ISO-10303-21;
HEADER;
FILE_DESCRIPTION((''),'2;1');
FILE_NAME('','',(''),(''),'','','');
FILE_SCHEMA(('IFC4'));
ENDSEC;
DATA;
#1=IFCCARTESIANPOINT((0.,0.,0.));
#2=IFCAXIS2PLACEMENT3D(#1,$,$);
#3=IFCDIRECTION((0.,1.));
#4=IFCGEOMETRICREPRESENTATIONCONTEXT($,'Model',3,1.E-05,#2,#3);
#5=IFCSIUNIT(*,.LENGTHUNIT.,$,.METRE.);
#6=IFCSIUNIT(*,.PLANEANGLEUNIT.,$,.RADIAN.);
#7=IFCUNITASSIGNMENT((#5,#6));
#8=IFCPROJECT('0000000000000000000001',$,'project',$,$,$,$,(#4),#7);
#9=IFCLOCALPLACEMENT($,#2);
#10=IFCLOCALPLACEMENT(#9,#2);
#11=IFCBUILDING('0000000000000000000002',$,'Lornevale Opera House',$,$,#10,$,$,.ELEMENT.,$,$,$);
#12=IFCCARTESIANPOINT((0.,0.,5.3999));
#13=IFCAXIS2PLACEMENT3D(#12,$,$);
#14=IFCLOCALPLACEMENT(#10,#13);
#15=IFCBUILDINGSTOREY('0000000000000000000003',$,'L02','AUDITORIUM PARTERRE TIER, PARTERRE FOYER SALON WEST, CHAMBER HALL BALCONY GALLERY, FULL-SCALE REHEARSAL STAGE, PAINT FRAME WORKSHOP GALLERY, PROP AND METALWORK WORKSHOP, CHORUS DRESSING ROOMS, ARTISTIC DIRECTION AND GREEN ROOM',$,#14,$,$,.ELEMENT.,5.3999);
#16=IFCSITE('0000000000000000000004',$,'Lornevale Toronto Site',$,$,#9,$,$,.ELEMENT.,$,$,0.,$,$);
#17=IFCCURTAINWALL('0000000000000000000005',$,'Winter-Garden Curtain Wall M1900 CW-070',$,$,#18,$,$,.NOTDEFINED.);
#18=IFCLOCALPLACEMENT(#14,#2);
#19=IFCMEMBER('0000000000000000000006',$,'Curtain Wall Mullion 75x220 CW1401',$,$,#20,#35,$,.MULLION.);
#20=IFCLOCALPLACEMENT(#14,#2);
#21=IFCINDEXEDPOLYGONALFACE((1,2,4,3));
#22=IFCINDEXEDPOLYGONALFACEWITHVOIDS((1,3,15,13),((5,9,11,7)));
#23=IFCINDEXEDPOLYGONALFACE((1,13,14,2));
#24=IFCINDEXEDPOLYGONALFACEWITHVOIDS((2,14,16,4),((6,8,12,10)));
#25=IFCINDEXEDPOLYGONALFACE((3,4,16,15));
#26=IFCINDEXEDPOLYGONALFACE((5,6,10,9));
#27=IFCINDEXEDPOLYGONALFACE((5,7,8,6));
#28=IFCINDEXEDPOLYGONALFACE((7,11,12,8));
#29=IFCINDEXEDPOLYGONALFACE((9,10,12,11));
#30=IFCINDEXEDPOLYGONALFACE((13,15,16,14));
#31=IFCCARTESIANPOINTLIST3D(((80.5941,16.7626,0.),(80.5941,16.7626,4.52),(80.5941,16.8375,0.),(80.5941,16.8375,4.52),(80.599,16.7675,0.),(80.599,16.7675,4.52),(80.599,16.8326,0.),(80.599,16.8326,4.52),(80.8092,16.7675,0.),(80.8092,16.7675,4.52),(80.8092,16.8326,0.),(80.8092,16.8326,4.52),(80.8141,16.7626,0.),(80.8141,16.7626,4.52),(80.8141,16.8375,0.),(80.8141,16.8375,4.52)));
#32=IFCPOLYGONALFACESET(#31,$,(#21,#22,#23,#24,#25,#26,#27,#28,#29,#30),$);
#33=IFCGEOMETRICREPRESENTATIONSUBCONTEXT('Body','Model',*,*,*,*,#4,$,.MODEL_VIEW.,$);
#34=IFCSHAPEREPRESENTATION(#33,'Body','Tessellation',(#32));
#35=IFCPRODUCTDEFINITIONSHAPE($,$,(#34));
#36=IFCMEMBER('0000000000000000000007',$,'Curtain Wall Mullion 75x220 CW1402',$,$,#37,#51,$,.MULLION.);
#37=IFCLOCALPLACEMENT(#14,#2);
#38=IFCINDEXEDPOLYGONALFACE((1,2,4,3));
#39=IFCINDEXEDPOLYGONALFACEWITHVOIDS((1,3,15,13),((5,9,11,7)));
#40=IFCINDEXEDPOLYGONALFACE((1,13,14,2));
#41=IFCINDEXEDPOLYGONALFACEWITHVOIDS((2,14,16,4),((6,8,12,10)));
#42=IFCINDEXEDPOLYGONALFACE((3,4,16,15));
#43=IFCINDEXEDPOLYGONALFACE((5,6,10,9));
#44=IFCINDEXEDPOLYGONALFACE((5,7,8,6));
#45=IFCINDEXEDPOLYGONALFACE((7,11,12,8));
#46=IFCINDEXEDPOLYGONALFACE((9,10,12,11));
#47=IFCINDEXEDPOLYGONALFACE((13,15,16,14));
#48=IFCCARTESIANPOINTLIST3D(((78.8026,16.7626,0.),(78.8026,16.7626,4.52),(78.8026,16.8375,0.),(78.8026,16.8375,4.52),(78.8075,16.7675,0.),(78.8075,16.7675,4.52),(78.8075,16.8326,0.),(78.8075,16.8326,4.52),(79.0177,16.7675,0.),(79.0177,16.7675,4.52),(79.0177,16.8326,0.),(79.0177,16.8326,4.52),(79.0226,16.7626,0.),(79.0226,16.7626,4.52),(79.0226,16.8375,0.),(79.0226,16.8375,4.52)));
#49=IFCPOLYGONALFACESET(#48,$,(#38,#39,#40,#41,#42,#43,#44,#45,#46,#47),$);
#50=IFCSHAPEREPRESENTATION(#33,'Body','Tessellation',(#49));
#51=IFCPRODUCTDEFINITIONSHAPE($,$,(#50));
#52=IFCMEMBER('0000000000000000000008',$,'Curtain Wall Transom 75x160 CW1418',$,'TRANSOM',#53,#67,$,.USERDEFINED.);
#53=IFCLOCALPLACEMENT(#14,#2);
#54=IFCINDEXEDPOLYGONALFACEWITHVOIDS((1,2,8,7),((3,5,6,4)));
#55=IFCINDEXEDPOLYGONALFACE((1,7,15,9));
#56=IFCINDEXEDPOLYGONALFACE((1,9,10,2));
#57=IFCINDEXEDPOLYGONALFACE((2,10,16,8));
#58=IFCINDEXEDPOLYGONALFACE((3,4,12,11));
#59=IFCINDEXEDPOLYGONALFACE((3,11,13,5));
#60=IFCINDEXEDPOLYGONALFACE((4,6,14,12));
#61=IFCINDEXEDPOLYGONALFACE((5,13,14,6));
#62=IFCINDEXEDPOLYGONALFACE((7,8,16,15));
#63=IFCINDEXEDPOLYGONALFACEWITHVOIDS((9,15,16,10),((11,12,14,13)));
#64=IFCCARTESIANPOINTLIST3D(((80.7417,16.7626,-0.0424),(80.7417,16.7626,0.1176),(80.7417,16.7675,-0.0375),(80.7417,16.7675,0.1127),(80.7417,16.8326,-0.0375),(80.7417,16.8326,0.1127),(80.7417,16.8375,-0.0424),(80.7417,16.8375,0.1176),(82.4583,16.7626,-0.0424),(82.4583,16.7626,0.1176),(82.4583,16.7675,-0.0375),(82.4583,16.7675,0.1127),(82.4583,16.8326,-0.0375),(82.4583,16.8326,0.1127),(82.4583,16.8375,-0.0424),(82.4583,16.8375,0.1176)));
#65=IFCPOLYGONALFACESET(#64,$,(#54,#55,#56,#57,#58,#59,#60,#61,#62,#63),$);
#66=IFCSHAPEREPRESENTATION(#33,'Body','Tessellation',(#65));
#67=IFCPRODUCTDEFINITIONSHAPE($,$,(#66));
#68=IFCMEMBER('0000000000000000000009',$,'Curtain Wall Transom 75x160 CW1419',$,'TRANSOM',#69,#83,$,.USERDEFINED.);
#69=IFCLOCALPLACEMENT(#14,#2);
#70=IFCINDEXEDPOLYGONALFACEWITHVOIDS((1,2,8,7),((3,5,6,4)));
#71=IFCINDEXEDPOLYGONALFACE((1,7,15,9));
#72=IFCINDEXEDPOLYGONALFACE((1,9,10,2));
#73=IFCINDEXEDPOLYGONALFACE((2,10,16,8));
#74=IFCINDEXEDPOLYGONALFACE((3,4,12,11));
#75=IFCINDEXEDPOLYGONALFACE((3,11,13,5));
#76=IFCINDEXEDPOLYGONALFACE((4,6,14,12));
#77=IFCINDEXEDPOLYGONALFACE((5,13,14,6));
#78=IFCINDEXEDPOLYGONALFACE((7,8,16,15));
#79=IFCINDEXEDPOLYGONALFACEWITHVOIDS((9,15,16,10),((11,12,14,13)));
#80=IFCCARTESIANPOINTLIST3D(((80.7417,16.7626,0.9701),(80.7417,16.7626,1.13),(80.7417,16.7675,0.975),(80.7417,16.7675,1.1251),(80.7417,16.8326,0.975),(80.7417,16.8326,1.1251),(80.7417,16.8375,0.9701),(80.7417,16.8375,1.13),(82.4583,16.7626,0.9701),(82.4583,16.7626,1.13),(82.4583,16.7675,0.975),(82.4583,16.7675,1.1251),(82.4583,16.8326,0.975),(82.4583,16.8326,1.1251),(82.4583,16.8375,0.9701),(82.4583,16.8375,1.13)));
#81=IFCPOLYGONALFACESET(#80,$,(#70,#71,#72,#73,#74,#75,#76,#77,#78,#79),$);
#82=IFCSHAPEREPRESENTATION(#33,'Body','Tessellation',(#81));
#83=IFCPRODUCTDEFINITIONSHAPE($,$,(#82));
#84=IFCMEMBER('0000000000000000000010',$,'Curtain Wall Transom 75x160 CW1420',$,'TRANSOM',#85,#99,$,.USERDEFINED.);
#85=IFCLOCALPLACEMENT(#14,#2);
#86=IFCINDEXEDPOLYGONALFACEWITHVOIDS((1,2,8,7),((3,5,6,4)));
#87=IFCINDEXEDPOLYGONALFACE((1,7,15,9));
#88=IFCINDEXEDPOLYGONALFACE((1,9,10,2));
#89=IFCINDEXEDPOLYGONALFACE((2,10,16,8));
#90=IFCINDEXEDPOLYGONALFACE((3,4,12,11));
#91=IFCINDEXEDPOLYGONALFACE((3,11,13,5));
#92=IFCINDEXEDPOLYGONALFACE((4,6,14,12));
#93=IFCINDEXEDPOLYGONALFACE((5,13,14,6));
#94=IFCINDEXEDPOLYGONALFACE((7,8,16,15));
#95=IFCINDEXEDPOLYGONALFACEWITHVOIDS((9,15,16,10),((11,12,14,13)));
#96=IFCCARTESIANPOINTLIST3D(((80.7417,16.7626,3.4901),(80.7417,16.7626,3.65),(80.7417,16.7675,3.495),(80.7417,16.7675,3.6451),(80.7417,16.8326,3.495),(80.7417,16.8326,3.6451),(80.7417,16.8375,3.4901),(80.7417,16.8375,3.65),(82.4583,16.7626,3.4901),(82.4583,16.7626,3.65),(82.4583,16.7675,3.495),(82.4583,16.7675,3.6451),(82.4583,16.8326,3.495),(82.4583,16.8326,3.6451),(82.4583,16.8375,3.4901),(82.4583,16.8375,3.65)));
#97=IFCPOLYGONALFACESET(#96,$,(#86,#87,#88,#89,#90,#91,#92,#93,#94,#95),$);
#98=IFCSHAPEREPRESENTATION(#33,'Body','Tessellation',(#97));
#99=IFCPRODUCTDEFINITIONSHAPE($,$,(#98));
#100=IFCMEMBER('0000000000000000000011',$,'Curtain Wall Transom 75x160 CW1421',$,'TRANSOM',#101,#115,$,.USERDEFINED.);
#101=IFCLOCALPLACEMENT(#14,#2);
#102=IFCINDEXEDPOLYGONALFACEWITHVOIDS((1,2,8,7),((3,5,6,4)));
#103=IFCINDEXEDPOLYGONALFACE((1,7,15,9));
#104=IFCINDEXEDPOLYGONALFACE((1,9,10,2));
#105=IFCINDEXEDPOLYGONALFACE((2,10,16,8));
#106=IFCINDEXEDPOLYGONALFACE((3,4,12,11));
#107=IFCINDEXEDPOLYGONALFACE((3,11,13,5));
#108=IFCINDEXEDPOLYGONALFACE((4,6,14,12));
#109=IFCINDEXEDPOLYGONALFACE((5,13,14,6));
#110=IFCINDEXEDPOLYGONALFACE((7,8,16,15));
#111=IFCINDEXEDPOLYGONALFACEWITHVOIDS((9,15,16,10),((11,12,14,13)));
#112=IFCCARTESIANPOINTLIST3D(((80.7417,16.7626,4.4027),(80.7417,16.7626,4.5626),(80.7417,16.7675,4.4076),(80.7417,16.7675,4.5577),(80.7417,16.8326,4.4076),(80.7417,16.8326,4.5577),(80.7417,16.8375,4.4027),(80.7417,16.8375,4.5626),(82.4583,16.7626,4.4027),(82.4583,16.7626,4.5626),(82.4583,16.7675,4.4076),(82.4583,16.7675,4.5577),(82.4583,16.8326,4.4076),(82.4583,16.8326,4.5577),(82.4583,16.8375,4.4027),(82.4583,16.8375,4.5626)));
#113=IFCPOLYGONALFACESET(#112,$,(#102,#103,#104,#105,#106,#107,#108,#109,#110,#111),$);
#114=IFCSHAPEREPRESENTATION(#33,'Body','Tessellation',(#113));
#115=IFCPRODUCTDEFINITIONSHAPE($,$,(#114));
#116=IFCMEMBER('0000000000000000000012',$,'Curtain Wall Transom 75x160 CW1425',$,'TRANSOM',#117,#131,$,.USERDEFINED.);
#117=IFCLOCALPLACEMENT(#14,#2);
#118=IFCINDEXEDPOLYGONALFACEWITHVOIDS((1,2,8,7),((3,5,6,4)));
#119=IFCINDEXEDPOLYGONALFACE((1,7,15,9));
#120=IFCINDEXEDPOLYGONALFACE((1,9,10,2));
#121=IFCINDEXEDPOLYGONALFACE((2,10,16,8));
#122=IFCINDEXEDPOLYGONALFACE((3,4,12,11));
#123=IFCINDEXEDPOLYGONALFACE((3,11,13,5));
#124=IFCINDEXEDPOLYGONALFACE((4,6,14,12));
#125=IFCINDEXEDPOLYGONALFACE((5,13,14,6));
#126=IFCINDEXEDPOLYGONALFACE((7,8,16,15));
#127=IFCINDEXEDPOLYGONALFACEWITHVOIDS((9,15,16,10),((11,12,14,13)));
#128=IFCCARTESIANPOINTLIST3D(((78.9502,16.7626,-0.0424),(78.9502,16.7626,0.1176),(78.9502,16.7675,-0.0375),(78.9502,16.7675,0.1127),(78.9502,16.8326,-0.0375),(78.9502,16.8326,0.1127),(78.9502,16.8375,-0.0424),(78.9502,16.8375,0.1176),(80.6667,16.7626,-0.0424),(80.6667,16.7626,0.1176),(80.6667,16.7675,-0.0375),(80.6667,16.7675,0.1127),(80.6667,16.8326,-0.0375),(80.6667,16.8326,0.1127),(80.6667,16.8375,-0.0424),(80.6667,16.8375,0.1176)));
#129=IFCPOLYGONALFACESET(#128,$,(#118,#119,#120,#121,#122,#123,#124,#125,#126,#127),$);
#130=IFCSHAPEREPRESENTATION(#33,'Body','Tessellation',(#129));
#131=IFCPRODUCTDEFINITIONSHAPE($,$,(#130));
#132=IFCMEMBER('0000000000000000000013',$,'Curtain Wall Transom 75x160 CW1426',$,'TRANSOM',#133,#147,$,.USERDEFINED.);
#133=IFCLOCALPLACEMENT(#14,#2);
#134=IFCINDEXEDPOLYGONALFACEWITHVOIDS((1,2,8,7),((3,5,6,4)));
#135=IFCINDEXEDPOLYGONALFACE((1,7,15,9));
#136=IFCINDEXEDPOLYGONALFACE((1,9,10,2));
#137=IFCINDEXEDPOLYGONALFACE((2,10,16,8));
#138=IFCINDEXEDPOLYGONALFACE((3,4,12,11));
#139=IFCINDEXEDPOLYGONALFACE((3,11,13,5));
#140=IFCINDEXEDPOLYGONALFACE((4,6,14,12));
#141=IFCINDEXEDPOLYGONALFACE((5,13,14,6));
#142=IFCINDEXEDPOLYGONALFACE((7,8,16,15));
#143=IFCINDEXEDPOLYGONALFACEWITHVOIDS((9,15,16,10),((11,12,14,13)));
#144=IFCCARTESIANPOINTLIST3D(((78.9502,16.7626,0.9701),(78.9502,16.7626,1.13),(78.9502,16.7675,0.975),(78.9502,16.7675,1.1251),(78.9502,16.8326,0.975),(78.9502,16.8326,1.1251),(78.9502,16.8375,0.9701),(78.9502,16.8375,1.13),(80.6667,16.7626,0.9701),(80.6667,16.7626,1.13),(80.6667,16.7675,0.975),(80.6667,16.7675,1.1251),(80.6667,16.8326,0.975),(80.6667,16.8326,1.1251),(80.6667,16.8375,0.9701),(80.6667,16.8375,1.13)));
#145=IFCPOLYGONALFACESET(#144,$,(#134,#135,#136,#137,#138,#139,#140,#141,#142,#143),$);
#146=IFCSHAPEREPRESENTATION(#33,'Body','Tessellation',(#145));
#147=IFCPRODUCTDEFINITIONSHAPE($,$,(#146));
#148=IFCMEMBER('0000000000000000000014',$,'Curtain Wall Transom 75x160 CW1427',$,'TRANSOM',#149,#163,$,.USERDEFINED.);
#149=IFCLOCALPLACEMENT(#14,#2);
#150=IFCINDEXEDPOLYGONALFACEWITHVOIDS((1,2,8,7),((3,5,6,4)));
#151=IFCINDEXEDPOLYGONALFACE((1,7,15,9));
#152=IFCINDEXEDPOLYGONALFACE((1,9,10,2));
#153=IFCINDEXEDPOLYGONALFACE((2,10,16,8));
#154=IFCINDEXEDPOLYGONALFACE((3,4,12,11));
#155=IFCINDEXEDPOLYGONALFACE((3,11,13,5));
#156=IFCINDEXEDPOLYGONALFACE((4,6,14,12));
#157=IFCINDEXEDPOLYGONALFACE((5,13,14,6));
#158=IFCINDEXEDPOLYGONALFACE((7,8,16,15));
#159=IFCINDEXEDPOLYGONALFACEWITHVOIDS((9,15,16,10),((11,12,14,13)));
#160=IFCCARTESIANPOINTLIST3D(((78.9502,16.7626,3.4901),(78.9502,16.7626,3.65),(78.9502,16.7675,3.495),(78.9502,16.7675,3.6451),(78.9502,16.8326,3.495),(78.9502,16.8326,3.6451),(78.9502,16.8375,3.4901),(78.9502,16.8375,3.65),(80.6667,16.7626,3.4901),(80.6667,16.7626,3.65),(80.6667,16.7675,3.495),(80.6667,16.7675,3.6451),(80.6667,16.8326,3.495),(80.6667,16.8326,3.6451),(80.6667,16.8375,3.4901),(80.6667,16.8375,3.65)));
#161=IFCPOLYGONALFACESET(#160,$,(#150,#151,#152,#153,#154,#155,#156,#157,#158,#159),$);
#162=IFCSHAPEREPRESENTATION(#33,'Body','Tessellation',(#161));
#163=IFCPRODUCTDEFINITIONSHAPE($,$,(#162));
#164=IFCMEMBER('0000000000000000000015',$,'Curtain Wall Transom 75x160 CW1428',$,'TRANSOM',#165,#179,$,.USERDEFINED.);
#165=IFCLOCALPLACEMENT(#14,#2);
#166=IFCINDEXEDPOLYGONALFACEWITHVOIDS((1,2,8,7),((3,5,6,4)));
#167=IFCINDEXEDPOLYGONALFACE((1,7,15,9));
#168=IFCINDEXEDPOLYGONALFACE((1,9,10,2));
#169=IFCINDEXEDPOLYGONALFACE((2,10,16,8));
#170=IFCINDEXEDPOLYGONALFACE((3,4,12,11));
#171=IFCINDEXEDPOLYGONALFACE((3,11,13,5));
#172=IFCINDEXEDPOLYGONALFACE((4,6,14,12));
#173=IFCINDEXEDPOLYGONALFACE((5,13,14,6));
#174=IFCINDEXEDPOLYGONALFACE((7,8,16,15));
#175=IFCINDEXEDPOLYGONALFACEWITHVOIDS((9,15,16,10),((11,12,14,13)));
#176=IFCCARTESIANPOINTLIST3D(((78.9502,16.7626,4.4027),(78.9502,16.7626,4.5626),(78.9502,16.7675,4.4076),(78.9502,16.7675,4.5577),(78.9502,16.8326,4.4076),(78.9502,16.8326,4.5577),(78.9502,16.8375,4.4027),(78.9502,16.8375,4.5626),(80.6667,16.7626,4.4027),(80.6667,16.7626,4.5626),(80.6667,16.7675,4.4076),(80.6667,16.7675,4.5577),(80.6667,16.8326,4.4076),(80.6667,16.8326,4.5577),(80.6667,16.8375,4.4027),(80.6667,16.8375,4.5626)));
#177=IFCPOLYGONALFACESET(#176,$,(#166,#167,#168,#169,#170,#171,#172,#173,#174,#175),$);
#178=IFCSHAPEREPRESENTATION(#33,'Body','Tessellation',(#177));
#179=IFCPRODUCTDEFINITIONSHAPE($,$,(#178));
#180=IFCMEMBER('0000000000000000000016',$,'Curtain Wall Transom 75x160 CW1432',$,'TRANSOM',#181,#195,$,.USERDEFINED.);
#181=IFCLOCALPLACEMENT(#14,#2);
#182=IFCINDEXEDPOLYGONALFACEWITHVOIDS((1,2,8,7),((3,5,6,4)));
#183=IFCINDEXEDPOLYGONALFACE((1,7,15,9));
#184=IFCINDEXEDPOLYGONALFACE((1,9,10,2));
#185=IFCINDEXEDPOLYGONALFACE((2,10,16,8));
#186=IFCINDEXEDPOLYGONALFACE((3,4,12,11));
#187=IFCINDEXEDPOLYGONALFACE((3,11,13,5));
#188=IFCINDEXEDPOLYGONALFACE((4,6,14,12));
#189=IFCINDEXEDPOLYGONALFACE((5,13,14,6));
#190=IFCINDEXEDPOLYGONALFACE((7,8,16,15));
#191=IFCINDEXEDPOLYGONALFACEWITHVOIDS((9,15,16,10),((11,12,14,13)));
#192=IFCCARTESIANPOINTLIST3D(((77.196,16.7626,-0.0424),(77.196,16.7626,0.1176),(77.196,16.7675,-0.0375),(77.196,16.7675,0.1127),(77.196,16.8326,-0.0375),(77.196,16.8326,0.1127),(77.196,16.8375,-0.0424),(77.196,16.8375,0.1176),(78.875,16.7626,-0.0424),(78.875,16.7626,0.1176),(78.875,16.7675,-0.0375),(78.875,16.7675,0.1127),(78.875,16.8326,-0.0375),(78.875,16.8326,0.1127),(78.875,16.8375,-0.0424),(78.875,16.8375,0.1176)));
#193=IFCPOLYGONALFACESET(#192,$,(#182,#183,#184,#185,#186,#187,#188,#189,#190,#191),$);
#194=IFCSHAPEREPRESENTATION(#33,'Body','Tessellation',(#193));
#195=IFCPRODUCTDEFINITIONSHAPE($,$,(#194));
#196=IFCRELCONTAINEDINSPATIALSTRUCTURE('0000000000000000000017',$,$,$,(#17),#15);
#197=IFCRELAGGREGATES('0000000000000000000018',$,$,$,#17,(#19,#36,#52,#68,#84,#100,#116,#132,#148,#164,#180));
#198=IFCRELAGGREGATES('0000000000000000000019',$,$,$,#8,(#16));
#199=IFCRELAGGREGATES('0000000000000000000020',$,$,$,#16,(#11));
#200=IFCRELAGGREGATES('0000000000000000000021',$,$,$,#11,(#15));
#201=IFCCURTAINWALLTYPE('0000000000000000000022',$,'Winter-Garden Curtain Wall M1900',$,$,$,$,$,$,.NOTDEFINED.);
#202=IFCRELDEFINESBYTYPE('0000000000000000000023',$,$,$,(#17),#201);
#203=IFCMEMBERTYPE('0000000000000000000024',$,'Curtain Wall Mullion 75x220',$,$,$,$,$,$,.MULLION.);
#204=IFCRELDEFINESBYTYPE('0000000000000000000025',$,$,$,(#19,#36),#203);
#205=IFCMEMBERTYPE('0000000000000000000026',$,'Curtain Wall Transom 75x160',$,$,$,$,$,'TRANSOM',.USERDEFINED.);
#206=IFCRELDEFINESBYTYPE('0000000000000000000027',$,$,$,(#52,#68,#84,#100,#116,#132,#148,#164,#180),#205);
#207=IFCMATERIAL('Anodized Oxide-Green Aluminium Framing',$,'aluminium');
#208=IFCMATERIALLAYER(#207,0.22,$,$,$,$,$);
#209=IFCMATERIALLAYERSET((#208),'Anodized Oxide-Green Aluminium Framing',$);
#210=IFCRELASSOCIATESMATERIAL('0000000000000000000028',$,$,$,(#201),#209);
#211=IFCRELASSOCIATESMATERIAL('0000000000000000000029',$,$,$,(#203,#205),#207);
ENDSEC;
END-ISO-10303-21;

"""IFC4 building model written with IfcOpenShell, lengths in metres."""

from ifc_helpers import new_model, si_unit, direction, frame, origin, origin_2d, place, context, subcontext, project, spatial, hollow_rectangle, extrude, material, layer, layer_set, material_profile, profile_set, type_object, element, aggregate, save


model = new_model("IFC4")

# Units and contexts
model_context = context("Model", 3, precision=1e-05, world=origin(), true_north=direction((0.0, 1.0)))
body_context = subcontext(model_context, "Body", "Model", "MODEL_VIEW")
ifc_project = project(units=[si_unit("LENGTHUNIT", "METRE"), si_unit("PLANEANGLEUNIT", "RADIAN")], contexts=[model_context])

# Site, building, storey
site_placement = place(None, origin())
site = spatial("IfcSite", under=ifc_project, at=site_placement, Name="Lornevale Toronto Site", CompositionType="ELEMENT", RefElevation=0.0)
building_placement = place(site_placement, origin())
building = spatial("IfcBuilding", under=site, at=building_placement, Name="Lornevale Opera House", CompositionType="ELEMENT")
storey_placement = place(building_placement, frame((0.0, 0.0, 5.3999)))
storey = spatial("IfcBuildingStorey", under=building, at=storey_placement, Name="L02", Description="AUDITORIUM PARTERRE TIER, PARTERRE FOYER SALON WEST, CHAMBER HALL BALCONY GALLERY, FULL-SCALE REHEARSAL STAGE, PAINT FRAME WORKSHOP GALLERY, PROP AND METALWORK WORKSHOP, CHORUS DRESSING ROOMS, ARTISTIC DIRECTION AND GREEN ROOM", CompositionType="ELEMENT", Elevation=5.3999)

# Curtain wall, members
ifc_material_1 = material(Name="Anodized Oxide-Green Aluminium Framing", Category="aluminium")
ifc_layer_1 = layer(ifc_material_1, 0.22)
ifc_layer_set_1 = layer_set([ifc_layer_1], Name="Anodized Oxide-Green Aluminium Framing")
curtain_wall_type = type_object("IfcCurtainWallType", Name="Winter-Garden Curtain Wall M1900", PredefinedType="NOTDEFINED", material=ifc_layer_set_1)
curtain_wall_placement = place(storey_placement, origin())
curtain_wall = element("IfcCurtainWall", 1, at=curtain_wall_placement, inside=storey, type_object=curtain_wall_type, Name="Winter-Garden Curtain Wall M1900 CW-070", PredefinedType="NOTDEFINED")
ifc_material_profile_1 = material_profile(ifc_material_1, hollow_rectangle(XDim=0.075, YDim=0.22, WallThickness=0.0049, at=origin_2d()), Name="ALU75x220x5")
ifc_profile_set_1 = profile_set([ifc_material_profile_1], Name="Anodized Oxide-Green Aluminium Framing")
member_type_1 = type_object("IfcMemberType", Name="Curtain Wall Mullion 75x220", PredefinedType="MULLION", material=ifc_profile_set_1)
member_1_placement = place(storey_placement, frame((80.7041, 16.8, 0.0), z_axis=(0.0, 0.0, 1.0), x_axis=(0.0, -1.0, 0.0)))
member_1 = element("IfcMember", 2, at=member_1_placement, type_object=member_type_1, Name="Curtain Wall Mullion 75x220 CW1401", PredefinedType="MULLION", context=body_context, shape_type="SweptSolid", body=[
    extrude(hollow_rectangle(XDim=0.075, YDim=0.22, WallThickness=0.0049, at=origin_2d()), origin(), (0.0, 0.0, 1.0), 4.52),
])
member_2_placement = place(storey_placement, frame((78.9126, 16.8, 0.0), z_axis=(0.0, 0.0, 1.0), x_axis=(0.0, -1.0, 0.0)))
member_2 = element("IfcMember", 3, at=member_2_placement, type_object=member_type_1, Name="Curtain Wall Mullion 75x220 CW1402", PredefinedType="MULLION", context=body_context, shape_type="SweptSolid", body=[
    extrude(hollow_rectangle(XDim=0.075, YDim=0.22, WallThickness=0.0049, at=origin_2d()), origin(), (0.0, 0.0, 1.0), 4.52),
])
ifc_material_profile_2 = material_profile(ifc_material_1, hollow_rectangle(XDim=0.075, YDim=0.1599, WallThickness=0.0049, at=origin_2d()), Name="ALU75x160x5")
ifc_profile_set_2 = profile_set([ifc_material_profile_2], Name="Anodized Oxide-Green Aluminium Framing")
member_type_2 = type_object("IfcMemberType", Name="Curtain Wall Transom 75x160", ElementType="TRANSOM", PredefinedType="USERDEFINED", material=ifc_profile_set_2)
member_3_placement = place(storey_placement, frame((82.4583, 16.8, 0.0376), z_axis=(-1.0, 0.0, 0.0), x_axis=(0.0, -1.0, 0.0)))
member_3 = element("IfcMember", 4, at=member_3_placement, type_object=member_type_2, Name="Curtain Wall Transom 75x160 CW1418", ObjectType="TRANSOM", PredefinedType="USERDEFINED", context=body_context, shape_type="SweptSolid", body=[
    extrude(hollow_rectangle(XDim=0.075, YDim=0.1599, WallThickness=0.0049, at=origin_2d()), origin(), (0.0, 0.0, 1.0), 1.7166),
])
member_4_placement = place(storey_placement, frame((82.4583, 16.8, 1.05), z_axis=(-1.0, 0.0, 0.0), x_axis=(0.0, -1.0, 0.0)))
member_4 = element("IfcMember", 5, at=member_4_placement, type_object=member_type_2, Name="Curtain Wall Transom 75x160 CW1419", ObjectType="TRANSOM", PredefinedType="USERDEFINED", context=body_context, shape_type="SweptSolid", body=[
    extrude(hollow_rectangle(XDim=0.075, YDim=0.1599, WallThickness=0.0049, at=origin_2d()), origin(), (0.0, 0.0, 1.0), 1.7166),
])
member_5_placement = place(storey_placement, frame((82.4583, 16.8, 3.5701), z_axis=(-1.0, 0.0, 0.0), x_axis=(0.0, -1.0, 0.0)))
member_5 = element("IfcMember", 6, at=member_5_placement, type_object=member_type_2, Name="Curtain Wall Transom 75x160 CW1420", ObjectType="TRANSOM", PredefinedType="USERDEFINED", context=body_context, shape_type="SweptSolid", body=[
    extrude(hollow_rectangle(XDim=0.075, YDim=0.1599, WallThickness=0.0049, at=origin_2d()), origin(), (0.0, 0.0, 1.0), 1.7166),
])
member_6_placement = place(storey_placement, frame((82.4583, 16.8, 4.4827), z_axis=(-1.0, 0.0, 0.0), x_axis=(0.0, -1.0, 0.0)))
member_6 = element("IfcMember", 7, at=member_6_placement, type_object=member_type_2, Name="Curtain Wall Transom 75x160 CW1421", ObjectType="TRANSOM", PredefinedType="USERDEFINED", context=body_context, shape_type="SweptSolid", body=[
    extrude(hollow_rectangle(XDim=0.075, YDim=0.1599, WallThickness=0.0049, at=origin_2d()), origin(), (0.0, 0.0, 1.0), 1.7166),
])
member_7_placement = place(storey_placement, frame((80.6667, 16.8, 0.0376), z_axis=(-1.0, 0.0, 0.0), x_axis=(0.0, -1.0, 0.0)))
member_7 = element("IfcMember", 8, at=member_7_placement, type_object=member_type_2, Name="Curtain Wall Transom 75x160 CW1425", ObjectType="TRANSOM", PredefinedType="USERDEFINED", context=body_context, shape_type="SweptSolid", body=[
    extrude(hollow_rectangle(XDim=0.075, YDim=0.1599, WallThickness=0.0049, at=origin_2d()), origin(), (0.0, 0.0, 1.0), 1.7166),
])
member_8_placement = place(storey_placement, frame((80.6667, 16.8, 1.05), z_axis=(-1.0, 0.0, 0.0), x_axis=(0.0, -1.0, 0.0)))
member_8 = element("IfcMember", 9, at=member_8_placement, type_object=member_type_2, Name="Curtain Wall Transom 75x160 CW1426", ObjectType="TRANSOM", PredefinedType="USERDEFINED", context=body_context, shape_type="SweptSolid", body=[
    extrude(hollow_rectangle(XDim=0.075, YDim=0.1599, WallThickness=0.0049, at=origin_2d()), origin(), (0.0, 0.0, 1.0), 1.7166),
])
member_9_placement = place(storey_placement, frame((80.6667, 16.8, 3.5701), z_axis=(-1.0, 0.0, 0.0), x_axis=(0.0, -1.0, 0.0)))
member_9 = element("IfcMember", 10, at=member_9_placement, type_object=member_type_2, Name="Curtain Wall Transom 75x160 CW1427", ObjectType="TRANSOM", PredefinedType="USERDEFINED", context=body_context, shape_type="SweptSolid", body=[
    extrude(hollow_rectangle(XDim=0.075, YDim=0.1599, WallThickness=0.0049, at=origin_2d()), origin(), (0.0, 0.0, 1.0), 1.7166),
])
member_10_placement = place(storey_placement, frame((80.6667, 16.8, 4.4827), z_axis=(-1.0, 0.0, 0.0), x_axis=(0.0, -1.0, 0.0)))
member_10 = element("IfcMember", 11, at=member_10_placement, type_object=member_type_2, Name="Curtain Wall Transom 75x160 CW1428", ObjectType="TRANSOM", PredefinedType="USERDEFINED", context=body_context, shape_type="SweptSolid", body=[
    extrude(hollow_rectangle(XDim=0.075, YDim=0.1599, WallThickness=0.0049, at=origin_2d()), origin(), (0.0, 0.0, 1.0), 1.7166),
])
member_11_placement = place(storey_placement, frame((78.875, 16.8, 0.0376), z_axis=(-1.0, 0.0, 0.0), x_axis=(0.0, -1.0, 0.0)))
member_11 = element("IfcMember", 12, at=member_11_placement, type_object=member_type_2, Name="Curtain Wall Transom 75x160 CW1432", ObjectType="TRANSOM", PredefinedType="USERDEFINED", context=body_context, shape_type="SweptSolid", body=[
    extrude(hollow_rectangle(XDim=0.075, YDim=0.1599, WallThickness=0.0049, at=origin_2d()), origin(), (0.0, 0.0, 1.0), 1.679),
])
aggregate(curtain_wall, [member_1, member_2, member_3, member_4, member_5, member_6, member_7, member_8, member_9, member_10, member_11])

save(model, "model.ifc")
